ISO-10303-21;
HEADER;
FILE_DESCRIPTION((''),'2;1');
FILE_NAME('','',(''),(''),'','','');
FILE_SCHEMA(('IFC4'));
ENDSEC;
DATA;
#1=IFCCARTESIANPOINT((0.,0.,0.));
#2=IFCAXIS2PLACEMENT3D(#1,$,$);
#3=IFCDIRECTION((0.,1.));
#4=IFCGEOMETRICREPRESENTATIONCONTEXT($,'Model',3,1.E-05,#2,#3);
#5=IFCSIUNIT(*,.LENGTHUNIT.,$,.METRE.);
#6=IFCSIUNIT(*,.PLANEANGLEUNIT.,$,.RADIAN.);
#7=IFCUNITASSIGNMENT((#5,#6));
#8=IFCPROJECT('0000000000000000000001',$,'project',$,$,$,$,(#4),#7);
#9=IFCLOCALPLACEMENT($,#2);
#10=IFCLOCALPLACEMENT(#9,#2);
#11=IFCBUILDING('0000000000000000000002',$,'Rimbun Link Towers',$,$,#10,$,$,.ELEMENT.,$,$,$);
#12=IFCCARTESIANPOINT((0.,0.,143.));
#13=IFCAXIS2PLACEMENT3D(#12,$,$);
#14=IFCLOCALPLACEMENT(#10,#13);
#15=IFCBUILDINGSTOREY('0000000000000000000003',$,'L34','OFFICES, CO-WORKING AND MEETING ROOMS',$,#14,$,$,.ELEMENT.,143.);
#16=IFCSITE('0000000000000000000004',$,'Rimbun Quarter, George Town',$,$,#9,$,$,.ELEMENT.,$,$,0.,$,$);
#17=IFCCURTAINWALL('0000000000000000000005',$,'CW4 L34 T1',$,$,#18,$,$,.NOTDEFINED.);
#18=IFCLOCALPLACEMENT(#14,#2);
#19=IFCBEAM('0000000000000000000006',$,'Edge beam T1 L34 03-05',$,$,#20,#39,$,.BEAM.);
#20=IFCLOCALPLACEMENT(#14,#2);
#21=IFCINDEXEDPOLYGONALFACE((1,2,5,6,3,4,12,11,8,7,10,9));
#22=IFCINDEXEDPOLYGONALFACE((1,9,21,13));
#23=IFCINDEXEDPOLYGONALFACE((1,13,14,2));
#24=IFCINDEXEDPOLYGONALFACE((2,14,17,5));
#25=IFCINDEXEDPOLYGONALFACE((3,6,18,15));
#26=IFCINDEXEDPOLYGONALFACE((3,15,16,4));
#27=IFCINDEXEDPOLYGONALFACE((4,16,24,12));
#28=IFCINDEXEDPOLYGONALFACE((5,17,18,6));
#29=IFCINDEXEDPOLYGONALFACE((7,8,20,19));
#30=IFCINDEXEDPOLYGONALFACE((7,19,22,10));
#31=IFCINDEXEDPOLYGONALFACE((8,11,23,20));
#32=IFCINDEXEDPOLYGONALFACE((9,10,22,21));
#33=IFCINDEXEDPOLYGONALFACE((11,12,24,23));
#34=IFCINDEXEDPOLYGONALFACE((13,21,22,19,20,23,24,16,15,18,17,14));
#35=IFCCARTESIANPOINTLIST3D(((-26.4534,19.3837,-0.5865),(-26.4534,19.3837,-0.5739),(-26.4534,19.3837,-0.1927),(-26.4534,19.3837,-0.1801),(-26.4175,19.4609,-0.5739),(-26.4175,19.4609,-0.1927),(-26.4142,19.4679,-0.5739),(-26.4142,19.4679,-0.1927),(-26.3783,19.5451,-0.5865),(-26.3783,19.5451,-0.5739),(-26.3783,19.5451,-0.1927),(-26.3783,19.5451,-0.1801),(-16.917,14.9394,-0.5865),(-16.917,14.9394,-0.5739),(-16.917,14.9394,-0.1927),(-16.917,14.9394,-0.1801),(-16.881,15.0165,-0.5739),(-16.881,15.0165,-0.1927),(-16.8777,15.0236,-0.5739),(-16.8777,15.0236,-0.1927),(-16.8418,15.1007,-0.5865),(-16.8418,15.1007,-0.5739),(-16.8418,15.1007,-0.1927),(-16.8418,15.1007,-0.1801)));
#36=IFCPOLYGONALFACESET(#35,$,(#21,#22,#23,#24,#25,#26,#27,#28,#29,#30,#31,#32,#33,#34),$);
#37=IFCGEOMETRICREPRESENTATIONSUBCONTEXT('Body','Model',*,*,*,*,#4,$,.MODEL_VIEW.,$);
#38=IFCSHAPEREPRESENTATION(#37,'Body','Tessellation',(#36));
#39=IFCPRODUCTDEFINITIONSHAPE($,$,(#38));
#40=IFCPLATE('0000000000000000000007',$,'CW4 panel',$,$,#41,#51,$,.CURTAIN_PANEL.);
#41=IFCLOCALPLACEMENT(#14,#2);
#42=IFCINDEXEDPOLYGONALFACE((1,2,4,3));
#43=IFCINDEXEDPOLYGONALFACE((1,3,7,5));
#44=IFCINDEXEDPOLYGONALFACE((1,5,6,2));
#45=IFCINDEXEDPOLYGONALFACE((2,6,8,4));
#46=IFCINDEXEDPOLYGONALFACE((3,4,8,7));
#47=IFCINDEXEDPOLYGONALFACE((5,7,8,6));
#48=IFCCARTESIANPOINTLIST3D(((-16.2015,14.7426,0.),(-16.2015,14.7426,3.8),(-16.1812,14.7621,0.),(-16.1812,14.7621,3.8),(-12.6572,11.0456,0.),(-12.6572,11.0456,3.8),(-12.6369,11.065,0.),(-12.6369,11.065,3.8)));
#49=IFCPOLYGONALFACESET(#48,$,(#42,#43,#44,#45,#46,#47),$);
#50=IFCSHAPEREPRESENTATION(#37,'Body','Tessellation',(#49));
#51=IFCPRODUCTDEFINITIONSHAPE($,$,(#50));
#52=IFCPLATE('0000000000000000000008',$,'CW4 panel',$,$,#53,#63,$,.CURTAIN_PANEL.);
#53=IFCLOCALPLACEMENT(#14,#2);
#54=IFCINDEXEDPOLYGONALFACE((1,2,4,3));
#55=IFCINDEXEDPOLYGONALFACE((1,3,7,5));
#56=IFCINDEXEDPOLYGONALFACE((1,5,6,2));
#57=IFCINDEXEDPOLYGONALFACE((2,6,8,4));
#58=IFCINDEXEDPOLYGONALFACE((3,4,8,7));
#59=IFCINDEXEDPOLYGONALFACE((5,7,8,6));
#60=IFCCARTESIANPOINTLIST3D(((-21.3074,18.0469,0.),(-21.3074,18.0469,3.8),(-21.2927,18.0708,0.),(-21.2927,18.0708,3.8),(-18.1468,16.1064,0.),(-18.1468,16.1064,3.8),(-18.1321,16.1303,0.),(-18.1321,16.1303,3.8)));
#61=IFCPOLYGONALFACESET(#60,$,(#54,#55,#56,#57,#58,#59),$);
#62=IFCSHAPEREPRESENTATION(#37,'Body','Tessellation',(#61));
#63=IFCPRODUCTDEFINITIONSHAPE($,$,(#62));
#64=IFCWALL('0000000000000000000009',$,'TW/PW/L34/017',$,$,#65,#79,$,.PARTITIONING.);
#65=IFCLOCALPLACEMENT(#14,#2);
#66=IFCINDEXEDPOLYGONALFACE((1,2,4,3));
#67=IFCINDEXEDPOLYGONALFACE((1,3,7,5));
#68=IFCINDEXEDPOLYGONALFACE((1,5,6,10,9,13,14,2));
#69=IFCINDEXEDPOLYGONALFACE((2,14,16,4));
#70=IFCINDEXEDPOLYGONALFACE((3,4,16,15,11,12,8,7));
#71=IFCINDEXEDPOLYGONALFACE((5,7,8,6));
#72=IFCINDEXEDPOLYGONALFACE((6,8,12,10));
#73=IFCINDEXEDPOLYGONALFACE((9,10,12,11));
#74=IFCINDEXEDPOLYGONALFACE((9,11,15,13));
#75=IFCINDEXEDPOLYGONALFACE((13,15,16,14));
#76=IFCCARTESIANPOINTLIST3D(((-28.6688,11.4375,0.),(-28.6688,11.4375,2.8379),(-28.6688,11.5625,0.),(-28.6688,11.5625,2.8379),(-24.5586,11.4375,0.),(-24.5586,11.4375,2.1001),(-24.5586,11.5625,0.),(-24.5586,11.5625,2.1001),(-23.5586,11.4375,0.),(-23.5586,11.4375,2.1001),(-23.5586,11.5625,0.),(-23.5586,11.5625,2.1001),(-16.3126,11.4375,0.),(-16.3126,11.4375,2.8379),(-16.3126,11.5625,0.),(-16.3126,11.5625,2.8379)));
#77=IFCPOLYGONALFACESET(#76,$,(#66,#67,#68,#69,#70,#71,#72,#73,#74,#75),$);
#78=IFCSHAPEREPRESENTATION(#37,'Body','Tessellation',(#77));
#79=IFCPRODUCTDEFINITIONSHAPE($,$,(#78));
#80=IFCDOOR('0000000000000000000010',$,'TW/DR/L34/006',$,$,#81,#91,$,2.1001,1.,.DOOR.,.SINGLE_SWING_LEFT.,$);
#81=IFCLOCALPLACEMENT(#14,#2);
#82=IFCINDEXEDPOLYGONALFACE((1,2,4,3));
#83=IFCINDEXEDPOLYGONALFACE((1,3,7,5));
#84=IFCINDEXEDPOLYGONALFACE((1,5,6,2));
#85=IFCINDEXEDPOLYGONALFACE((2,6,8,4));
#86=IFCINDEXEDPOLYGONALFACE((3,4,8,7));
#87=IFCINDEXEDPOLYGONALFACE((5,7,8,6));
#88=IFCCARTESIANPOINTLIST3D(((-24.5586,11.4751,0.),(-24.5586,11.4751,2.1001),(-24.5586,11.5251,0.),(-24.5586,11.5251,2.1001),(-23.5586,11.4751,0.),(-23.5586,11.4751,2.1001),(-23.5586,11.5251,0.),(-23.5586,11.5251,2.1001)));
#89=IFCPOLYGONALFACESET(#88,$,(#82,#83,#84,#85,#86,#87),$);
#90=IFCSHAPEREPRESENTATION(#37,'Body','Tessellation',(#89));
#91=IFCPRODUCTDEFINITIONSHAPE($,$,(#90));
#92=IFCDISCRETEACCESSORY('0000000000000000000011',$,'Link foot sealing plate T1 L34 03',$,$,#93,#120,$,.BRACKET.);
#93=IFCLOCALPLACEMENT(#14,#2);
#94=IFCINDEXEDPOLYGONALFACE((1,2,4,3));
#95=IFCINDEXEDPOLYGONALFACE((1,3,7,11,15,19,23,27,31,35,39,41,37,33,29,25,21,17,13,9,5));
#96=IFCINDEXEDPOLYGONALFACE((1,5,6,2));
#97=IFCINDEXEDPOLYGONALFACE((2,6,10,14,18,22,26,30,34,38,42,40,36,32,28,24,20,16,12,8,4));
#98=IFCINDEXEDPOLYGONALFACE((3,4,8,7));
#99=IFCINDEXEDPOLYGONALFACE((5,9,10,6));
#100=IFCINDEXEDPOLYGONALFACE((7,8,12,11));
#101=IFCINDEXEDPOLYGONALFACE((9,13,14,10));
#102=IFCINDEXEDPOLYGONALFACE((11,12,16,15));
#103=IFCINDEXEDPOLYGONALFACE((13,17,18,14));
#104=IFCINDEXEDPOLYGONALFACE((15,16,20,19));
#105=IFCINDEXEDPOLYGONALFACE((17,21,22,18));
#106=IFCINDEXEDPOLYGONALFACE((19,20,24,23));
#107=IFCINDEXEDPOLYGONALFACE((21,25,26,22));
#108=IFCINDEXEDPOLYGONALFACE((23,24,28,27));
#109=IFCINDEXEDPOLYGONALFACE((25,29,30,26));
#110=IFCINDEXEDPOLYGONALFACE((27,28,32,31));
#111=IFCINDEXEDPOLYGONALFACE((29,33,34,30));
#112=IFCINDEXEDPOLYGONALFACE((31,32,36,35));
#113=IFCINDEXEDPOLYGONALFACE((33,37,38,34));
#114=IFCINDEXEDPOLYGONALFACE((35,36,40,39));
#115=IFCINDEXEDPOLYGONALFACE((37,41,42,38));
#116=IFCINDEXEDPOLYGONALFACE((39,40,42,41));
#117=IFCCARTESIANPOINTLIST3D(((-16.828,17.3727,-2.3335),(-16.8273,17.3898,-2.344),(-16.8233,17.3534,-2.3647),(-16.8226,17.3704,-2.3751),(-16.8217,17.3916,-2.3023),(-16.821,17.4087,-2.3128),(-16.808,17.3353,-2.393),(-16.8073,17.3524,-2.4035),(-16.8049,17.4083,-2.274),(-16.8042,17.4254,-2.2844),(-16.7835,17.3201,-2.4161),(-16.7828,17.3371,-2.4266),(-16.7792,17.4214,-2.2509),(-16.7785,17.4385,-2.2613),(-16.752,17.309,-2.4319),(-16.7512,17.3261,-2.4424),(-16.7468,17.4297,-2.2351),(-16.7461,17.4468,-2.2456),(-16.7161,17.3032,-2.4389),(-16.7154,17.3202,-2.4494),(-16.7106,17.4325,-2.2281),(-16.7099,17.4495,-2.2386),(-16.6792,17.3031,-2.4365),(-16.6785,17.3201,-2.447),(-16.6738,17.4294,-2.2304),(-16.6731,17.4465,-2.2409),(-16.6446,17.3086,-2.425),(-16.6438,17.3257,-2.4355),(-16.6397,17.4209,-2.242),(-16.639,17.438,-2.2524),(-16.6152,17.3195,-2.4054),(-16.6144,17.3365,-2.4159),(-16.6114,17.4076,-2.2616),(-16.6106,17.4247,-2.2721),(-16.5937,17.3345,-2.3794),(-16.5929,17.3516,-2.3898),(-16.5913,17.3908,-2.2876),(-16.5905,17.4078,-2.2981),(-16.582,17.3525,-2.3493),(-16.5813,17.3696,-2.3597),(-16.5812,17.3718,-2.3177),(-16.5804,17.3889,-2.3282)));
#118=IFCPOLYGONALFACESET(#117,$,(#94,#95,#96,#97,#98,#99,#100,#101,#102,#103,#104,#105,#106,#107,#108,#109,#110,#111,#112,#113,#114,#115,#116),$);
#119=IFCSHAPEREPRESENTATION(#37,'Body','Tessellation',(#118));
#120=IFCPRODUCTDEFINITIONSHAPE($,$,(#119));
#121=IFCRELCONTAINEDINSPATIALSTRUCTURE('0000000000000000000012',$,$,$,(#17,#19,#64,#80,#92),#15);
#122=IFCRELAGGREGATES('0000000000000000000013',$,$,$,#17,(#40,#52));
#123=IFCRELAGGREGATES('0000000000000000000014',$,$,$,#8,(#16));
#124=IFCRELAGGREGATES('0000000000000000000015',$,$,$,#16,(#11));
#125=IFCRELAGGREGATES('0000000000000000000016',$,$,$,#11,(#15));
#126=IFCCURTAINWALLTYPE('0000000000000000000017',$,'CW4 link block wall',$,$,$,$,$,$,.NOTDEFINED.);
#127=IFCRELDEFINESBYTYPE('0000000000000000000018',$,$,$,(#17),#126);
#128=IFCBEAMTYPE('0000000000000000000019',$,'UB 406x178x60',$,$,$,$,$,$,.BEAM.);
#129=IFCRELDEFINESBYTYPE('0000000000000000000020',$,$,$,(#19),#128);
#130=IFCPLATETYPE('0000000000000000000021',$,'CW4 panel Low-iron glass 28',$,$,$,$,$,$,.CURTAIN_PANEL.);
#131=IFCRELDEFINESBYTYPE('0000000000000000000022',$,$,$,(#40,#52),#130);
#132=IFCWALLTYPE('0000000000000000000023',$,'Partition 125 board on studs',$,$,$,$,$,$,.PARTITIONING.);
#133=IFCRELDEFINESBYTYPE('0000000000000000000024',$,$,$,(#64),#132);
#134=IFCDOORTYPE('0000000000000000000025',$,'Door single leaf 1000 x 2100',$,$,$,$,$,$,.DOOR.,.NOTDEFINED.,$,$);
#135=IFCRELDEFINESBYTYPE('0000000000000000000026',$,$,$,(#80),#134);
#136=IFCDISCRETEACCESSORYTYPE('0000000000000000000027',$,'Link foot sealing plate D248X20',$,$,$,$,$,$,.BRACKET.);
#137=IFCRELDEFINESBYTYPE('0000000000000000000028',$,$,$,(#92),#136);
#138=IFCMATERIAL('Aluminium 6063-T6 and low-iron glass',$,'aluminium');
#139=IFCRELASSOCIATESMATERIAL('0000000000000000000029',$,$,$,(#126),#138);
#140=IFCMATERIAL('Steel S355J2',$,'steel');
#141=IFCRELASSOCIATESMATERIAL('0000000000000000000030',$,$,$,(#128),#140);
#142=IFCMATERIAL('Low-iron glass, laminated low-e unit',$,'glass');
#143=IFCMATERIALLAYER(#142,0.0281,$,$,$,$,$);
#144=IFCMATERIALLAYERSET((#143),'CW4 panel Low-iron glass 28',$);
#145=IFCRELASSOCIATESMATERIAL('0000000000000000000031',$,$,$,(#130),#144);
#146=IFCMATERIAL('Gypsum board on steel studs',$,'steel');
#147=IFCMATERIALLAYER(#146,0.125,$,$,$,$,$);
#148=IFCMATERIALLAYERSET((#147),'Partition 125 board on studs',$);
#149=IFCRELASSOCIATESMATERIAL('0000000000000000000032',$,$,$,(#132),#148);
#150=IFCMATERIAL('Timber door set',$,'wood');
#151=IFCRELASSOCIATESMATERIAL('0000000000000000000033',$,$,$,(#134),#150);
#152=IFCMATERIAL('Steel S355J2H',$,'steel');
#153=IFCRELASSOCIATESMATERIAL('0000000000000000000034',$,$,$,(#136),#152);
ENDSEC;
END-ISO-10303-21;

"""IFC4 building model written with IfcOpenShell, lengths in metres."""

from ifc_helpers import new_model, si_unit, direction, frame, frame_2d, origin, origin_2d, place, context, subcontext, project, spatial, rectangle, circle, i_section, extrude, material, layer, layer_set, material_profile, profile_set, type_object, element, fill, aggregate, save


model = new_model("IFC4")

# Units and contexts
model_context = context("Model", 3, precision=1e-05, world=origin(), true_north=direction((0.0, 1.0)))
body_context = subcontext(model_context, "Body", "Model", "MODEL_VIEW")
ifc_project = project(units=[si_unit("LENGTHUNIT", "METRE"), si_unit("PLANEANGLEUNIT", "RADIAN")], contexts=[model_context])

# Site, building, storey
site_placement = place(None, origin())
site = spatial("IfcSite", under=ifc_project, at=site_placement, Name="Rimbun Quarter, George Town", CompositionType="ELEMENT", RefElevation=0.0)
building_placement = place(site_placement, origin())
building = spatial("IfcBuilding", under=site, at=building_placement, Name="Rimbun Link Towers", CompositionType="ELEMENT")
storey_placement = place(building_placement, frame((0.0, 0.0, 143.0)))
storey = spatial("IfcBuildingStorey", under=building, at=storey_placement, Name="L34", Description="OFFICES, CO-WORKING AND MEETING ROOMS", CompositionType="ELEMENT", Elevation=143.0)

# Curtain wall
ifc_material_1 = material(Name="Aluminium 6063-T6 and low-iron glass", Category="aluminium")
curtain_wall_type = type_object("IfcCurtainWallType", Name="CW4 link block wall", PredefinedType="NOTDEFINED", material=ifc_material_1)
curtain_wall_1_placement = place(storey_placement, origin())
curtain_wall_1 = element("IfcCurtainWall", 1, at=curtain_wall_1_placement, inside=storey, type_object=curtain_wall_type, Name="CW4 L34 T1", PredefinedType="NOTDEFINED")

# Beam
ifc_material_2 = material(Name="Steel S355J2", Category="steel")
ifc_material_profile_1 = material_profile(ifc_material_2, i_section(OverallWidth=0.178, OverallDepth=0.4065, WebThickness=0.0078, FlangeThickness=0.0127, at=origin_2d()), Name="UB 406x178x60")
ifc_profile_set_1 = profile_set([ifc_material_profile_1], Name="Steel S355J2")
beam_type_1 = type_object("IfcBeamType", Name="UB 406x178x60", PredefinedType="BEAM", material=ifc_profile_set_1)
beam_1_placement = place(storey_placement, frame((-16.8794, 15.02, -0.3833), z_axis=(-0.906401, 0.422419, 0.0), x_axis=(-0.422419, -0.906401, 0.0)))
element("IfcBeam", 2, at=beam_1_placement, inside=storey, type_object=beam_type_1, Name="Edge beam T1 L34 03-05", PredefinedType="BEAM", context=body_context, shape_type="SweptSolid", body=[
    extrude(i_section(OverallWidth=0.178, OverallDepth=0.4065, WebThickness=0.0078, FlangeThickness=0.0127, at=origin_2d()), origin(), (0.0, 0.0, 1.0), 10.5212),
])

# Plates
ifc_material_3 = material(Name="Low-iron glass, laminated low-e unit", Category="glass")
ifc_layer_1 = layer(ifc_material_3, 0.0281)
ifc_layer_set_1 = layer_set([ifc_layer_1], Name="CW4 panel Low-iron glass 28")
plate_type = type_object("IfcPlateType", Name="CW4 panel Low-iron glass 28", PredefinedType="CURTAIN_PANEL", material=ifc_layer_set_1)
plate_1_placement = place(storey_placement, frame((-14.4192, 12.9038, 0.0), z_axis=(0.0, 0.0, 1.0), x_axis=(0.692041, -0.721858, 0.0)))
plate_1 = element("IfcPlate", 3, at=plate_1_placement, type_object=plate_type, Name="CW4 panel", PredefinedType="CURTAIN_PANEL", context=body_context, shape_type="SweptSolid", body=[
    extrude(rectangle(XDim=5.1216, YDim=0.0281, at=origin_2d()), origin(), (0.0, 0.0, 1.0), 3.8),
])
plate_2_placement = place(storey_placement, frame((-19.7197, 17.0886, 0.0), z_axis=(0.0, 0.0, 1.0), x_axis=(0.852194, -0.523225, 0.0)))
plate_2 = element("IfcPlate", 4, at=plate_2_placement, type_object=plate_type, Name="CW4 panel", PredefinedType="CURTAIN_PANEL", context=body_context, shape_type="SweptSolid", body=[
    extrude(rectangle(XDim=3.7087, YDim=0.0281, at=origin_2d()), origin(), (0.0, 0.0, 1.0), 3.8),
])
aggregate(curtain_wall_1, [plate_1, plate_2])

# Wall, opening, door
ifc_material_4 = material(Name="Gypsum board on steel studs", Category="steel")
ifc_layer_2 = layer(ifc_material_4, 0.125)
ifc_layer_set_2 = layer_set([ifc_layer_2], Name="Partition 125 board on studs")
wall_type = type_object("IfcWallType", Name="Partition 125 board on studs", PredefinedType="PARTITIONING", material=ifc_layer_set_2)
wall_placement = place(storey_placement, frame((-16.3125, 11.5, 0.0), z_axis=(0.0, 0.0, 1.0), x_axis=(-1.0, 0.0, 0.0)))
wall = element("IfcWall", 5, at=wall_placement, inside=storey, type_object=wall_type, Name="TW/PW/L34/017", PredefinedType="PARTITIONING", context=body_context, shape_type="SweptSolid", body=[
    extrude(rectangle(XDim=12.3562, YDim=0.125, at=frame_2d((6.1782, 0.0))), origin(), (0.0, 0.0, 1.0), 2.8379),
])
opening_placement = place(wall_placement, frame((7.2461, 0.0, 0.0)))
opening = element("IfcOpeningElement", 6, at=opening_placement, cuts=wall, PredefinedType="OPENING", context=body_context, shape_type="SweptSolid", body=[
    extrude(rectangle(XDim=1.0, YDim=2.1001, at=frame_2d((0.5, 1.05))), frame((0.0, 0.0725, 0.0), z_axis=(0.0, -1.0, 0.0), x_axis=(1.0, 0.0, 0.0)), (0.0, 0.0, 1.0), 0.145),
])
ifc_material_5 = material(Name="Timber door set", Category="wood")
door_type = type_object("IfcDoorType", Name="Door single leaf 1000 x 2100", OperationType="NOTDEFINED", PredefinedType="DOOR", material=ifc_material_5)
door_placement = place(opening_placement, origin())
door = element("IfcDoor", 7, at=door_placement, inside=storey, type_object=door_type, Name="TW/DR/L34/006", OperationType="SINGLE_SWING_LEFT", OverallHeight=2.1001, OverallWidth=1.0, PredefinedType="DOOR", context=body_context, shape_type="SweptSolid", body=[
    extrude(rectangle(XDim=1.0, YDim=2.1001, at=frame_2d((0.5, 1.05))), frame((0.0, 0.0249, 0.0), z_axis=(0.0, -1.0, 0.0), x_axis=(1.0, 0.0, 0.0)), (0.0, 0.0, 1.0), 0.05),
])
fill(opening, door)

# Discrete accessory
ifc_material_6 = material(Name="Steel S355J2H", Category="steel")
ifc_material_profile_2 = material_profile(ifc_material_6, circle(Radius=0.124, at=origin_2d()), Name="PL D248")
ifc_profile_set_2 = profile_set([ifc_material_profile_2], Name="Steel S355J2H")
discrete_accessory_type = type_object("IfcDiscreteAccessoryType", Name="Link foot sealing plate D248X20", PredefinedType="BRACKET", material=ifc_profile_set_2)
discrete_accessory_placement = place(storey_placement, frame((-16.7041, 17.3674, -2.3335), z_axis=(0.036493, 0.851508, -0.523069), x_axis=(-0.999083, 0.042818, 0.0)))
element("IfcDiscreteAccessory", 8, at=discrete_accessory_placement, inside=storey, type_object=discrete_accessory_type, Name="Link foot sealing plate T1 L34 03", PredefinedType="BRACKET", context=body_context, shape_type="SweptSolid", body=[
    extrude(circle(Radius=0.124, at=origin_2d()), origin(), (0.0, 0.0, 1.0), 0.02),
])

save(model, "model.ifc")
